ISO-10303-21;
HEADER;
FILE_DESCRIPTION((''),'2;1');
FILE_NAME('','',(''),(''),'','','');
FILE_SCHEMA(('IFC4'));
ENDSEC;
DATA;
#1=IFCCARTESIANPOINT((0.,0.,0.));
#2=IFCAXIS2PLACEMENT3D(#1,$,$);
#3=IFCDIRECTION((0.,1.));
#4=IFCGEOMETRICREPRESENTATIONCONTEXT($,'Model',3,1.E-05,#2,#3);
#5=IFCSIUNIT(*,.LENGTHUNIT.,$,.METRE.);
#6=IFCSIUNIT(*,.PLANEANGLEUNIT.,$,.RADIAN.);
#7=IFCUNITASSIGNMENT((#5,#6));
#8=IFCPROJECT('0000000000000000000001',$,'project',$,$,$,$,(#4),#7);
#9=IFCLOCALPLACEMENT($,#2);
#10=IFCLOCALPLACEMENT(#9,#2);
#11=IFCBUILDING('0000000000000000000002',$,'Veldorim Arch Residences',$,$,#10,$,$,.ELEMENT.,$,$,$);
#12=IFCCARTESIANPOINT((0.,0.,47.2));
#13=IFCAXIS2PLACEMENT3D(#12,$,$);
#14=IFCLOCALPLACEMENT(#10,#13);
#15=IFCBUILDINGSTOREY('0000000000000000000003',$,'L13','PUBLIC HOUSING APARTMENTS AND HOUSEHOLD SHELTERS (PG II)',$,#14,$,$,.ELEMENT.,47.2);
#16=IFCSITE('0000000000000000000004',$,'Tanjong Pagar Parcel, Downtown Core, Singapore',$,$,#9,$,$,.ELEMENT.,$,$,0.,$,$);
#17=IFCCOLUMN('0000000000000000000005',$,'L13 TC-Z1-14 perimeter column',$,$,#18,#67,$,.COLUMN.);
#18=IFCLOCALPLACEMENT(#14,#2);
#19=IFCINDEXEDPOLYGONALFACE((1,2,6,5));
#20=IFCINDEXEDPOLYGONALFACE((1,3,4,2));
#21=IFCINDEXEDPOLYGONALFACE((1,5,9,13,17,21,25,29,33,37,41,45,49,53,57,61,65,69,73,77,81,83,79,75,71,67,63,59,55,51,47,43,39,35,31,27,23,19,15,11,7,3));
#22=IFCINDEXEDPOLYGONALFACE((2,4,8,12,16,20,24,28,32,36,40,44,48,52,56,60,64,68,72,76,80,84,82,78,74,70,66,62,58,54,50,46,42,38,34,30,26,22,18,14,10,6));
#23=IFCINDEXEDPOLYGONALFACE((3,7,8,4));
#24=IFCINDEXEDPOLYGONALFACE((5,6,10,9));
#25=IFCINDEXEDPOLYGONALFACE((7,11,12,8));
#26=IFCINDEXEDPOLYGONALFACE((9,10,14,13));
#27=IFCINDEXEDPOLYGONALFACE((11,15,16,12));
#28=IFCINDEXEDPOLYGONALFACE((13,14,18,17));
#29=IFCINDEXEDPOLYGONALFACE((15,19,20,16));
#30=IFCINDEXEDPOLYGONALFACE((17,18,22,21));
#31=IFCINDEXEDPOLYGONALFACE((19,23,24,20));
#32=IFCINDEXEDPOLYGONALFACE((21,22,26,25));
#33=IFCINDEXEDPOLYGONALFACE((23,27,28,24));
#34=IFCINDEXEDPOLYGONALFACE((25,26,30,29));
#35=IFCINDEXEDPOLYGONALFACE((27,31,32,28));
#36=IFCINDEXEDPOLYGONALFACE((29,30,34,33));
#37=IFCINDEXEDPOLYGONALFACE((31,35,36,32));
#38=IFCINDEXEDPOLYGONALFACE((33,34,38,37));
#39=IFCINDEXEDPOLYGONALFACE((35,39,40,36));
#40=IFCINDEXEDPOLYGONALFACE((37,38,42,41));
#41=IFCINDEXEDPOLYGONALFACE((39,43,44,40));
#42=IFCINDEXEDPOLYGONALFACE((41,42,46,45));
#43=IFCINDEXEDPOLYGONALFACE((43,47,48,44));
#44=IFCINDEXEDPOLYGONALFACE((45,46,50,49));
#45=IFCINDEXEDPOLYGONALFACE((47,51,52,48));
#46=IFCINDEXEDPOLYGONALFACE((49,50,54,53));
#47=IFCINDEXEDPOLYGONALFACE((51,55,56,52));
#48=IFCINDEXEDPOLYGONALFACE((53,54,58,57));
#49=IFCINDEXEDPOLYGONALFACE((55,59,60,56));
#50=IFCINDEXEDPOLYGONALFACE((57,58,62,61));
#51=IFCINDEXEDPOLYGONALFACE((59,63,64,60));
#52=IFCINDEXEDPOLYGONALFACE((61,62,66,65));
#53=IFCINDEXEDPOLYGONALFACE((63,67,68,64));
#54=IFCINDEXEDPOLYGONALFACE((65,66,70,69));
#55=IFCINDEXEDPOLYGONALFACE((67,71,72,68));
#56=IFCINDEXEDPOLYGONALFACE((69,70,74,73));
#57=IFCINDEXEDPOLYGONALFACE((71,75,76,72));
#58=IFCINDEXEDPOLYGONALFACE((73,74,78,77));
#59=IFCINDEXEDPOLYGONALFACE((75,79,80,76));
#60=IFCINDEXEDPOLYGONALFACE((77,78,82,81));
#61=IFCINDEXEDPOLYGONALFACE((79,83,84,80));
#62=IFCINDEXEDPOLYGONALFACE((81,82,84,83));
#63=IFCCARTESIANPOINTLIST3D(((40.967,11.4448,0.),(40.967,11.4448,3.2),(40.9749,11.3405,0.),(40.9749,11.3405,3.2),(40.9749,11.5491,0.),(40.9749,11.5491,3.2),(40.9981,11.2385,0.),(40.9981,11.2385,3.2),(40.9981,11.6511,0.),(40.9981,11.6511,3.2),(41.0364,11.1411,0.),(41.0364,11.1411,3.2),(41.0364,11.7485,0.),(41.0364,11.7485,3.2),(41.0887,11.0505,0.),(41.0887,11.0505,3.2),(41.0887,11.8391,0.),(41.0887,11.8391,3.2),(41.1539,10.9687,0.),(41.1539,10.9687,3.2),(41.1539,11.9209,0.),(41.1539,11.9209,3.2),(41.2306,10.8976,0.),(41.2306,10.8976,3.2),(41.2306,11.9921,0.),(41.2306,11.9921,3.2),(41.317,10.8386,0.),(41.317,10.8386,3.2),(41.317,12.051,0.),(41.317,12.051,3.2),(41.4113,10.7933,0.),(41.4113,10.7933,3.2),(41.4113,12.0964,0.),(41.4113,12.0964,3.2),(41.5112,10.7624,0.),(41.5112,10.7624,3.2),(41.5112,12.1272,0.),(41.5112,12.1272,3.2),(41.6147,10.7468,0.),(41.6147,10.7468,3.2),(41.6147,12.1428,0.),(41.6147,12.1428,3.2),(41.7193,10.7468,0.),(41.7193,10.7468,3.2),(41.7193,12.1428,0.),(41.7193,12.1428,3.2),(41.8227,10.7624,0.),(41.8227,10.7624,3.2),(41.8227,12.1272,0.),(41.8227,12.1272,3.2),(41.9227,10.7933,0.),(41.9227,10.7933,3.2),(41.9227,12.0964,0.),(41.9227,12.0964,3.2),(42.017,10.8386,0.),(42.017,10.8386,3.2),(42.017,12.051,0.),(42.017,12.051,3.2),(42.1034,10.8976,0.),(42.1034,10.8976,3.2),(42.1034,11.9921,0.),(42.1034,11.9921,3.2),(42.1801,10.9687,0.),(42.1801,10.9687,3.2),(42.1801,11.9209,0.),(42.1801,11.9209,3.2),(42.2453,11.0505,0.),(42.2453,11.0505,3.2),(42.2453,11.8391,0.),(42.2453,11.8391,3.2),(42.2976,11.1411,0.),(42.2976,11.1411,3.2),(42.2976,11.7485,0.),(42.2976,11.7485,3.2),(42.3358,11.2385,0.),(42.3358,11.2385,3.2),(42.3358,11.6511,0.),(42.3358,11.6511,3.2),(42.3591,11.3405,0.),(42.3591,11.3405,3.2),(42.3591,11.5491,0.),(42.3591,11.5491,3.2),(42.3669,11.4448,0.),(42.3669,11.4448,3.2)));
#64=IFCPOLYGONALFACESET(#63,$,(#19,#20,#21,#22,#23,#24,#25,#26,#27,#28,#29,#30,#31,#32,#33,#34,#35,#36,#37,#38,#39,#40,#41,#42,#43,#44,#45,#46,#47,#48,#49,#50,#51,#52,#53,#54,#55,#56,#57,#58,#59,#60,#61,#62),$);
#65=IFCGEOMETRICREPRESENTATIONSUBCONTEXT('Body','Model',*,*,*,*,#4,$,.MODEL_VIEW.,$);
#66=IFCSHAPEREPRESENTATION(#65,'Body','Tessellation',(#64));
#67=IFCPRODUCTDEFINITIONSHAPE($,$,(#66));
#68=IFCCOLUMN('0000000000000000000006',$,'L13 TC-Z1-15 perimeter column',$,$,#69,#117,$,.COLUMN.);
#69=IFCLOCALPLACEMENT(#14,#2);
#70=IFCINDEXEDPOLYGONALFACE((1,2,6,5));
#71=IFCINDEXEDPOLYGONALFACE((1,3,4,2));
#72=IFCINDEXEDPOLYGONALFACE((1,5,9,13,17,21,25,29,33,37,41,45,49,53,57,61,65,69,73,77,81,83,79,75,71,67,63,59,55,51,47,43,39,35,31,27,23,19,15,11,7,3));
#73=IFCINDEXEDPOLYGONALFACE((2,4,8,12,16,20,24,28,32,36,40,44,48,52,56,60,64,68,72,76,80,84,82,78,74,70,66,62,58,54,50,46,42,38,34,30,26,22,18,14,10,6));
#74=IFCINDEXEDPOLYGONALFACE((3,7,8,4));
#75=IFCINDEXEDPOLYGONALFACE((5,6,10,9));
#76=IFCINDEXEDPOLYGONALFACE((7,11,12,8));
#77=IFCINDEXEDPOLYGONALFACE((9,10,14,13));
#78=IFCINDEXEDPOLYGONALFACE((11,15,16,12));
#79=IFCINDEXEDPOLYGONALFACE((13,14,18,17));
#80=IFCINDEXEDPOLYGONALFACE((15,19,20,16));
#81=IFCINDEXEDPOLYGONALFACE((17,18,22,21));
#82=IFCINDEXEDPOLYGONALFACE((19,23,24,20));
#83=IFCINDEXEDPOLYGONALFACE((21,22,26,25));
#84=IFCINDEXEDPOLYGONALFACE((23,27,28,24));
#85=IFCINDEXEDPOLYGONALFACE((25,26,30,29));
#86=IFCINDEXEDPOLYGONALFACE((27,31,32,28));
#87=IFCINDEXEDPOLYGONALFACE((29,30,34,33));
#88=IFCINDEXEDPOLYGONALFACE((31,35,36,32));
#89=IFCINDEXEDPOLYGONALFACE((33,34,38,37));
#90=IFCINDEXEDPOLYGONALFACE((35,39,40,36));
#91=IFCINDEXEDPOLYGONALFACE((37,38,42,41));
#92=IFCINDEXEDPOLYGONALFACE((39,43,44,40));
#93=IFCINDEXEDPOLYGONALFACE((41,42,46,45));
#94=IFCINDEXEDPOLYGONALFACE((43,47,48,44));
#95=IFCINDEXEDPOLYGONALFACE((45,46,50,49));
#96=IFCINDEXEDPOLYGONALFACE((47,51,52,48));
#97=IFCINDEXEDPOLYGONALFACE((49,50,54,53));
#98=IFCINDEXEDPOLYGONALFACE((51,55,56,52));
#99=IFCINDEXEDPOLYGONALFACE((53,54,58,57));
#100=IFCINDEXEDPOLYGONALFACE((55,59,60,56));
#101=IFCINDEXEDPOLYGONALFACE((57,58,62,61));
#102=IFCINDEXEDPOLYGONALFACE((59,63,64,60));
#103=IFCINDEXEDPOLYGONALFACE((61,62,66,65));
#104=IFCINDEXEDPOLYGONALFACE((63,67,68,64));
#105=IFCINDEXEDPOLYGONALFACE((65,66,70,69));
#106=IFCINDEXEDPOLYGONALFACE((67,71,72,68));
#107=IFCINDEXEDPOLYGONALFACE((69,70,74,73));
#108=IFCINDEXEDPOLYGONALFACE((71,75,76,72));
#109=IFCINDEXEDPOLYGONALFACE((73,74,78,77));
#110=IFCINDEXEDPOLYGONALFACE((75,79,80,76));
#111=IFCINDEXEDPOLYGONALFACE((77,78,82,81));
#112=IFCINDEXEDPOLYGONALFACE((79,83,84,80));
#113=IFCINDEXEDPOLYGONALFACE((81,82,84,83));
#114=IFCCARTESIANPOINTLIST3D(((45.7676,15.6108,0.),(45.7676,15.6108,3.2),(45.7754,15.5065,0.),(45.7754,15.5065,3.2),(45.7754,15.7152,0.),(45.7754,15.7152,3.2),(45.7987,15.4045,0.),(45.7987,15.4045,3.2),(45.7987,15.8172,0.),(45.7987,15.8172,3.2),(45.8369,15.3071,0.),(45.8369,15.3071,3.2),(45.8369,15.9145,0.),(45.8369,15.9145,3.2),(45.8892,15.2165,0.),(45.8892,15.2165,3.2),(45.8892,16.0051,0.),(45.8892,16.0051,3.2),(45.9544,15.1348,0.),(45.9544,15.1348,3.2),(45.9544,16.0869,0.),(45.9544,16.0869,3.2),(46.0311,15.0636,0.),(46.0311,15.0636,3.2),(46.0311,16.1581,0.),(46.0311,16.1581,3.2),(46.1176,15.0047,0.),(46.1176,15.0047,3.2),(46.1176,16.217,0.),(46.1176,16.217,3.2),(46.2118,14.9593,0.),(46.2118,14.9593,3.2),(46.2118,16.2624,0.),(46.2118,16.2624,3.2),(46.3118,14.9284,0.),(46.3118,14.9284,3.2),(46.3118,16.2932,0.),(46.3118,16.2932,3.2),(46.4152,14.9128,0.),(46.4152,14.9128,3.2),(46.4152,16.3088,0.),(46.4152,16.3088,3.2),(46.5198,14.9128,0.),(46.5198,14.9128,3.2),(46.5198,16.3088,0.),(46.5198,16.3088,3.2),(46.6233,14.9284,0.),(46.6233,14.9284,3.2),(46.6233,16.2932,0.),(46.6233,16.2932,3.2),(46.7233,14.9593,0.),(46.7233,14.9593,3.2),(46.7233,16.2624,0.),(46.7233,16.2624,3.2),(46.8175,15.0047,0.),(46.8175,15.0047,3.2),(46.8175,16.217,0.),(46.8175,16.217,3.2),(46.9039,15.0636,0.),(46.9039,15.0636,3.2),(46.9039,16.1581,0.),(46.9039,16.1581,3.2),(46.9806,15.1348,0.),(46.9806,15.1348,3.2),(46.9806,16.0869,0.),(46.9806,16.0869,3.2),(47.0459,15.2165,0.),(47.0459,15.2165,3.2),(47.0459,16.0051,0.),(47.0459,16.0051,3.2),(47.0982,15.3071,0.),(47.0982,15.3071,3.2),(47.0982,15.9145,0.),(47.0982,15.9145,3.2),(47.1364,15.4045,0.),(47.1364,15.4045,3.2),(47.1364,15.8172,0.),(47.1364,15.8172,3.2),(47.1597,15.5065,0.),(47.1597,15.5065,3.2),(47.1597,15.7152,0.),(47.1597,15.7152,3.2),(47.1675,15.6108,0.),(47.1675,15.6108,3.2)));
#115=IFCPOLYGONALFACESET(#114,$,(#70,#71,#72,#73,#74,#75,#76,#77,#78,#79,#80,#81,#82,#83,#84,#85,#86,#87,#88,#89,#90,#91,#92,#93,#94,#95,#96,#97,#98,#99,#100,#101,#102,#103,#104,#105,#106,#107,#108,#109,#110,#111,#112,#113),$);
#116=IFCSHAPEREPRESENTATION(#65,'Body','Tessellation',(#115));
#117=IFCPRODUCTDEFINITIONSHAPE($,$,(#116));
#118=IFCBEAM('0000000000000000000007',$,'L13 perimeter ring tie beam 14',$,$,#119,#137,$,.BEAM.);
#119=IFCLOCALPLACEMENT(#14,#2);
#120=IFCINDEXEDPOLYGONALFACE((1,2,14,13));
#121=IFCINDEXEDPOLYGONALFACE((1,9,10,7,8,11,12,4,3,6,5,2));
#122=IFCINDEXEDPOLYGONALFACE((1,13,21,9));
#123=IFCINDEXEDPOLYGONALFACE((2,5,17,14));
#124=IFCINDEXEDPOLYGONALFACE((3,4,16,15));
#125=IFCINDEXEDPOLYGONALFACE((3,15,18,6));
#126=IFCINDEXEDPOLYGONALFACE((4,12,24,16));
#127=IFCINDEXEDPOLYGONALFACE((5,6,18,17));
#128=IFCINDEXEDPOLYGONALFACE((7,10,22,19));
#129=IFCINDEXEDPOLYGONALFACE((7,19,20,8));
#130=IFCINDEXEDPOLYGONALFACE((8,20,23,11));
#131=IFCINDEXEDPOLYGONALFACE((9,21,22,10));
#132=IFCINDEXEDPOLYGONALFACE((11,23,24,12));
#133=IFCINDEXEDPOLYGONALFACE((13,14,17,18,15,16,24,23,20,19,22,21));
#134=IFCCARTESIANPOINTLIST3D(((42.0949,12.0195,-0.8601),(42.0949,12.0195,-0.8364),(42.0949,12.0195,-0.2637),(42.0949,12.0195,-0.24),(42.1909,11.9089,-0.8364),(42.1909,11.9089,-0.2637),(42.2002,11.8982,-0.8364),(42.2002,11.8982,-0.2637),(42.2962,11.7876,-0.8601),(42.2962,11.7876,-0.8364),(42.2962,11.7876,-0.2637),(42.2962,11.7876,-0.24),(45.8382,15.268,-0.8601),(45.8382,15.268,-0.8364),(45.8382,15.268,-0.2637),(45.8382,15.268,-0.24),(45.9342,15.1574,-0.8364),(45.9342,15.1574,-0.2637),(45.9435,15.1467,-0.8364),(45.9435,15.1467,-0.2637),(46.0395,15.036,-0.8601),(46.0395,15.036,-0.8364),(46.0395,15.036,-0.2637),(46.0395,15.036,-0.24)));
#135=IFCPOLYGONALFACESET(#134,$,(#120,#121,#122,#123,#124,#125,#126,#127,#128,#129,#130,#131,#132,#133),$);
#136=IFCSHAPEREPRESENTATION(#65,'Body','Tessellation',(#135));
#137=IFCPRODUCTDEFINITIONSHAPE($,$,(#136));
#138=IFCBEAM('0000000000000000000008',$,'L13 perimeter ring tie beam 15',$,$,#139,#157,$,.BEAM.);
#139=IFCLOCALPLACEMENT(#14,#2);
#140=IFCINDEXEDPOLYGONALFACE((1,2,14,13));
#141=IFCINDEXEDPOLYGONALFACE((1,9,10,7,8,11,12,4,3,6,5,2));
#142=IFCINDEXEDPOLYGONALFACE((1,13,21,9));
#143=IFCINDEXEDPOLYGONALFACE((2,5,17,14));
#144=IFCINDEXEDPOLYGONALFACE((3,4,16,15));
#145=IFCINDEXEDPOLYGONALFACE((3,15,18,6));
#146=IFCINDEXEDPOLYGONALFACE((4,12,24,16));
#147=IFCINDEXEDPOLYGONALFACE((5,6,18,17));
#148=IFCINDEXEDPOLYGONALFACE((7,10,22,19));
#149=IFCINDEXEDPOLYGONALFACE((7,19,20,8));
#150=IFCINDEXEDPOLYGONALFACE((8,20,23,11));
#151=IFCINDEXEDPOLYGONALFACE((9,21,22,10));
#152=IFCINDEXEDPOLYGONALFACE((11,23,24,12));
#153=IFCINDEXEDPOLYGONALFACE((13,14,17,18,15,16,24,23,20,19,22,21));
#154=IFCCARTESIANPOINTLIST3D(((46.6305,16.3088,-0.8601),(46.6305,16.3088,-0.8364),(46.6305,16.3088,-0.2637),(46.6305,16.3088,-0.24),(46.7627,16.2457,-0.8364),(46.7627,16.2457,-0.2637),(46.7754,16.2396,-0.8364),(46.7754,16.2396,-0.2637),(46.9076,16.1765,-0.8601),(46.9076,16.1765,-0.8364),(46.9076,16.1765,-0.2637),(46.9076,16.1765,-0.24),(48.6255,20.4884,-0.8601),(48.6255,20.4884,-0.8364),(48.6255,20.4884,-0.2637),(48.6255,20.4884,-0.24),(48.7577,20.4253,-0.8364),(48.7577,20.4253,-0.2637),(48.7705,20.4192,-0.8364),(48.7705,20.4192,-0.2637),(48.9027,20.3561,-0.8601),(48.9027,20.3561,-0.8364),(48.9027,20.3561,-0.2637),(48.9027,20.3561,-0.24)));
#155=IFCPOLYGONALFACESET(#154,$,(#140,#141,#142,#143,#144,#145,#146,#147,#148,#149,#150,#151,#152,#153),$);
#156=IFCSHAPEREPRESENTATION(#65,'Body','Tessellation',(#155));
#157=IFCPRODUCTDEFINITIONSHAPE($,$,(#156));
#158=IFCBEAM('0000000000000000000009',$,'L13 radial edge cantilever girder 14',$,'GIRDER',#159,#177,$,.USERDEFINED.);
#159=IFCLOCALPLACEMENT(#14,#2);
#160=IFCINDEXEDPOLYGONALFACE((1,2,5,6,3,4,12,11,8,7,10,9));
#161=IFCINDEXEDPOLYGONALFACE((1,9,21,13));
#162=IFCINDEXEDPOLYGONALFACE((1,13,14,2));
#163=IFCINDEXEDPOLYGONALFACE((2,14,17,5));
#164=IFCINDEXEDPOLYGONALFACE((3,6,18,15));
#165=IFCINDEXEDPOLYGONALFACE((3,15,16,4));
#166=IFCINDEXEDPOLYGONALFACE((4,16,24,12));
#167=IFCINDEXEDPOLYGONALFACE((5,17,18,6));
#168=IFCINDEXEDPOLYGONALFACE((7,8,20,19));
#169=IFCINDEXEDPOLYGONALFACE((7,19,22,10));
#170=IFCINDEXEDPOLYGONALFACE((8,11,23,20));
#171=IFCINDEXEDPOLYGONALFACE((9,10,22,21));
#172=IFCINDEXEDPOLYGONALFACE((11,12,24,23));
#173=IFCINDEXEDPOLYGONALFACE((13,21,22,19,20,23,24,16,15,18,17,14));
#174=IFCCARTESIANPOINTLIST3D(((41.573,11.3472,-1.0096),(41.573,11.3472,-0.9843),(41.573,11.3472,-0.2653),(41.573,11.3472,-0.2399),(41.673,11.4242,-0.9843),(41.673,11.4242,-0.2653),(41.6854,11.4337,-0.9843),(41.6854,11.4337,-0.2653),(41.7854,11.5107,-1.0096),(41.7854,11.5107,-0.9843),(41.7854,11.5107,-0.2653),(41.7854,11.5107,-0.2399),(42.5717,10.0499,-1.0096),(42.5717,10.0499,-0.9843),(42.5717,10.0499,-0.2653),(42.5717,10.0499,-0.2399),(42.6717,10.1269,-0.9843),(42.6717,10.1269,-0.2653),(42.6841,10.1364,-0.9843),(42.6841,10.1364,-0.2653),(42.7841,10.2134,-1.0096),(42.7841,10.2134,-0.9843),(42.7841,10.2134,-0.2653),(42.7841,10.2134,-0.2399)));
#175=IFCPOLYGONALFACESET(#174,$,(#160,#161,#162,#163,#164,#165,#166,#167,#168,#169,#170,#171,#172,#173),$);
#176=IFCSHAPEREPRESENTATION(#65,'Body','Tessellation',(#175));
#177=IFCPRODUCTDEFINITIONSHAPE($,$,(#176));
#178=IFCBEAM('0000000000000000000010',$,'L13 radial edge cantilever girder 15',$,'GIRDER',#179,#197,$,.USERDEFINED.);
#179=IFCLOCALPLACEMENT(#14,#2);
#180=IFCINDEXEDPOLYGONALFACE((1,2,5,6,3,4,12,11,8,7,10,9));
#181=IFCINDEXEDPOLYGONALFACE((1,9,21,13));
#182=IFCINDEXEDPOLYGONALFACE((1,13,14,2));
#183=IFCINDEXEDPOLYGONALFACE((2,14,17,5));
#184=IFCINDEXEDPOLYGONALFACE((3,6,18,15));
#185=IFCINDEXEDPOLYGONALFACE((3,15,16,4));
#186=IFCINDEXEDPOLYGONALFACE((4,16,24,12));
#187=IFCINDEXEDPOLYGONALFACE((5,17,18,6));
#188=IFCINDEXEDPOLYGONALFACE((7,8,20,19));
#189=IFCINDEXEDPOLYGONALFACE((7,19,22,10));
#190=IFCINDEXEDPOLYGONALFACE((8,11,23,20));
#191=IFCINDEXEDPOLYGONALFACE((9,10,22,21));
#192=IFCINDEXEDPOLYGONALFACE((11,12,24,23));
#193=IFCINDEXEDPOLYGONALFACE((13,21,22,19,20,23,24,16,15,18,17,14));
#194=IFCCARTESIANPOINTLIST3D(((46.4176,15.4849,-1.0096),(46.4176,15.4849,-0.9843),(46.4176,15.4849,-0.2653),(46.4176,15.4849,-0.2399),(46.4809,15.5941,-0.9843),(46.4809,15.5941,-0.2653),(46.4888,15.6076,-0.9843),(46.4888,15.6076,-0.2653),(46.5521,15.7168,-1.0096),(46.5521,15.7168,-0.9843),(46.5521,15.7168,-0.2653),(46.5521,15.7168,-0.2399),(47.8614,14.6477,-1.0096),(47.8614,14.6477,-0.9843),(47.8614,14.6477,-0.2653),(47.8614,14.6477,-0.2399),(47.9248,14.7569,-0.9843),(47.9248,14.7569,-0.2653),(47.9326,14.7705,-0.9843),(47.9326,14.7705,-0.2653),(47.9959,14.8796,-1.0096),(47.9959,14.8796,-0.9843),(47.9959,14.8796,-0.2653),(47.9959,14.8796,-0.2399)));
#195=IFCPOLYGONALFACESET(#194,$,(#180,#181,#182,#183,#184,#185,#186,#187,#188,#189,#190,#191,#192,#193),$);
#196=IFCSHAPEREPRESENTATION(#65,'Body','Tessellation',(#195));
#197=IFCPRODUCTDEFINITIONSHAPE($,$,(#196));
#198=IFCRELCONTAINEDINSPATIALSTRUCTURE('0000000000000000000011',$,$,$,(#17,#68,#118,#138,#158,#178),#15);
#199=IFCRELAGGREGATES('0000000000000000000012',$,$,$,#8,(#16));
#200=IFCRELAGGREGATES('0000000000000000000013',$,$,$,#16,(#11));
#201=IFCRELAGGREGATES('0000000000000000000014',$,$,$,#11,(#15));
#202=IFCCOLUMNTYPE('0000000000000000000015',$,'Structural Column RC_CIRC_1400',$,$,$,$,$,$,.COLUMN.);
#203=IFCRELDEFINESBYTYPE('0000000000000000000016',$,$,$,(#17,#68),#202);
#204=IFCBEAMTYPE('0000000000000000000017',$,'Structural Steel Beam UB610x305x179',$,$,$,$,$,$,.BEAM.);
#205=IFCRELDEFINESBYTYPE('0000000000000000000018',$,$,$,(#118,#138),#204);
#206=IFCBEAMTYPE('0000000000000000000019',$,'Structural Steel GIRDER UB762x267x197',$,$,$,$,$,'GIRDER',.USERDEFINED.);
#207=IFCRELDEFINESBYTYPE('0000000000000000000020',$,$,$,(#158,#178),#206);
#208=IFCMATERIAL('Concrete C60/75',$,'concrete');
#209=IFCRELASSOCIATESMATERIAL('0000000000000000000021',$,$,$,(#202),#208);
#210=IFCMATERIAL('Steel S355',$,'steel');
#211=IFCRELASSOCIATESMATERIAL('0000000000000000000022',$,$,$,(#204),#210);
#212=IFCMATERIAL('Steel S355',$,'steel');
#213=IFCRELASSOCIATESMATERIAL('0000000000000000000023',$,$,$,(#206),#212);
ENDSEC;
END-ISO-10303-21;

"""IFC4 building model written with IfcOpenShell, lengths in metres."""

from ifc_helpers import new_model, si_unit, direction, frame, origin, origin_2d, place, context, subcontext, project, spatial, circle, i_section, extrude, material, material_profile, profile_set, type_object, element, save


model = new_model("IFC4")

# Units and contexts
model_context = context("Model", 3, precision=1e-05, world=origin(), true_north=direction((0.0, 1.0)))
body_context = subcontext(model_context, "Body", "Model", "MODEL_VIEW")
ifc_project = project(units=[si_unit("LENGTHUNIT", "METRE"), si_unit("PLANEANGLEUNIT", "RADIAN")], contexts=[model_context])

# Site, building, storey
site_placement = place(None, origin())
site = spatial("IfcSite", under=ifc_project, at=site_placement, Name="Tanjong Pagar Parcel, Downtown Core, Singapore", CompositionType="ELEMENT", RefElevation=0.0)
building_placement = place(site_placement, origin())
building = spatial("IfcBuilding", under=site, at=building_placement, Name="Veldorim Arch Residences", CompositionType="ELEMENT")
storey_placement = place(building_placement, frame((0.0, 0.0, 47.2)))
storey = spatial("IfcBuildingStorey", under=building, at=storey_placement, Name="L13", Description="PUBLIC HOUSING APARTMENTS AND HOUSEHOLD SHELTERS (PG II)", CompositionType="ELEMENT", Elevation=47.2)

# Columns
ifc_material_1 = material(Name="Concrete C60/75", Category="concrete")
ifc_material_profile_1 = material_profile(ifc_material_1, circle(Radius=0.7, at=origin_2d()), Name="RC_CIRC_1400")
ifc_profile_set_1 = profile_set([ifc_material_profile_1], Name="Concrete C60/75")
column_type = type_object("IfcColumnType", Name="Structural Column RC_CIRC_1400", PredefinedType="COLUMN", material=ifc_profile_set_1)
for number, where, z_axis, x_axis, name in (
    (1, (41.667, 11.4448, 0.0), (0.0, 0.0, 1.0), (1.0, 0.0, 0.0), "L13 TC-Z1-14 perimeter column"),
    (2, (46.4675, 15.6108, 0.0), (0.0, 0.0, 1.0), (1.0, 0.0, 0.0), "L13 TC-Z1-15 perimeter column"),
):
    element("IfcColumn", number, at=place(storey_placement, frame(where, z_axis=z_axis, x_axis=x_axis)), inside=storey, type_object=column_type, Name=name, PredefinedType="COLUMN", context=body_context, shape_type="SweptSolid", body=[
        extrude(circle(Radius=0.7, at=origin_2d()), origin(), (0.0, 0.0, 1.0), 3.2),
    ])

# Beams
ifc_material_2 = material(Name="Steel S355", Category="steel")
ifc_material_profile_2 = material_profile(ifc_material_2, i_section(OverallWidth=0.3071, OverallDepth=0.6201, WebThickness=0.0142, FlangeThickness=0.0237, at=origin_2d()), Name="UB610x305x179")
ifc_profile_set_2 = profile_set([ifc_material_profile_2], Name="Steel S355")
beam_type_1 = type_object("IfcBeamType", Name="Structural Steel Beam UB610x305x179", PredefinedType="BEAM", material=ifc_profile_set_2)
beam_1_placement = place(storey_placement, frame((42.1956, 11.9036, -0.55), z_axis=(0.755265, 0.65542, 0.0), x_axis=(-0.65542, 0.755265, 0.0)))
element("IfcBeam", 3, at=beam_1_placement, inside=storey, type_object=beam_type_1, Name="L13 perimeter ring tie beam 14", PredefinedType="BEAM", context=body_context, shape_type="SweptSolid", body=[
    extrude(i_section(OverallWidth=0.3071, OverallDepth=0.6201, WebThickness=0.0142, FlangeThickness=0.0237, at=origin_2d()), origin(), (0.0, 0.0, 1.0), 4.9563),
])
beam_2_placement = place(storey_placement, frame((46.769, 16.2427, -0.55), z_axis=(0.430776, 0.902459, 0.0), x_axis=(-0.902459, 0.430776, 0.0)))
element("IfcBeam", 4, at=beam_2_placement, inside=storey, type_object=beam_type_1, Name="L13 perimeter ring tie beam 15", PredefinedType="BEAM", context=body_context, shape_type="SweptSolid", body=[
    extrude(i_section(OverallWidth=0.3071, OverallDepth=0.6201, WebThickness=0.0142, FlangeThickness=0.0237, at=origin_2d()), origin(), (0.0, 0.0, 1.0), 4.6313),
])
ifc_material_3 = material(Name="Steel S355", Category="steel")
ifc_material_profile_3 = material_profile(ifc_material_3, i_section(OverallWidth=0.2681, OverallDepth=0.7698, WebThickness=0.0156, FlangeThickness=0.0254, at=origin_2d()), Name="UB762x267x197")
ifc_profile_set_3 = profile_set([ifc_material_profile_3], Name="Steel S355")
beam_type_2 = type_object("IfcBeamType", Name="Structural Steel GIRDER UB762x267x197", ElementType="GIRDER", PredefinedType="USERDEFINED", material=ifc_profile_set_3)
beam_3_placement = place(storey_placement, frame((41.6792, 11.429, -0.6248), z_axis=(0.610021, -0.792386, 0.0), x_axis=(0.792386, 0.610021, 0.0)))
element("IfcBeam", 5, at=beam_3_placement, inside=storey, type_object=beam_type_2, Name="L13 radial edge cantilever girder 14", ObjectType="GIRDER", PredefinedType="USERDEFINED", context=body_context, shape_type="SweptSolid", body=[
    extrude(i_section(OverallWidth=0.2681, OverallDepth=0.7698, WebThickness=0.0156, FlangeThickness=0.0254, at=origin_2d()), origin(), (0.0, 0.0, 1.0), 1.6372),
])
beam_4_placement = place(storey_placement, frame((46.4849, 15.6008, -0.6248), z_axis=(0.865102, -0.501595, 0.0), x_axis=(0.501595, 0.865102, 0.0)))
element("IfcBeam", 6, at=beam_4_placement, inside=storey, type_object=beam_type_2, Name="L13 radial edge cantilever girder 15", ObjectType="GIRDER", PredefinedType="USERDEFINED", context=body_context, shape_type="SweptSolid", body=[
    extrude(i_section(OverallWidth=0.2681, OverallDepth=0.7698, WebThickness=0.0156, FlangeThickness=0.0254, at=origin_2d()), origin(), (0.0, 0.0, 1.0), 1.6689),
])

save(model, "model.ifc")
